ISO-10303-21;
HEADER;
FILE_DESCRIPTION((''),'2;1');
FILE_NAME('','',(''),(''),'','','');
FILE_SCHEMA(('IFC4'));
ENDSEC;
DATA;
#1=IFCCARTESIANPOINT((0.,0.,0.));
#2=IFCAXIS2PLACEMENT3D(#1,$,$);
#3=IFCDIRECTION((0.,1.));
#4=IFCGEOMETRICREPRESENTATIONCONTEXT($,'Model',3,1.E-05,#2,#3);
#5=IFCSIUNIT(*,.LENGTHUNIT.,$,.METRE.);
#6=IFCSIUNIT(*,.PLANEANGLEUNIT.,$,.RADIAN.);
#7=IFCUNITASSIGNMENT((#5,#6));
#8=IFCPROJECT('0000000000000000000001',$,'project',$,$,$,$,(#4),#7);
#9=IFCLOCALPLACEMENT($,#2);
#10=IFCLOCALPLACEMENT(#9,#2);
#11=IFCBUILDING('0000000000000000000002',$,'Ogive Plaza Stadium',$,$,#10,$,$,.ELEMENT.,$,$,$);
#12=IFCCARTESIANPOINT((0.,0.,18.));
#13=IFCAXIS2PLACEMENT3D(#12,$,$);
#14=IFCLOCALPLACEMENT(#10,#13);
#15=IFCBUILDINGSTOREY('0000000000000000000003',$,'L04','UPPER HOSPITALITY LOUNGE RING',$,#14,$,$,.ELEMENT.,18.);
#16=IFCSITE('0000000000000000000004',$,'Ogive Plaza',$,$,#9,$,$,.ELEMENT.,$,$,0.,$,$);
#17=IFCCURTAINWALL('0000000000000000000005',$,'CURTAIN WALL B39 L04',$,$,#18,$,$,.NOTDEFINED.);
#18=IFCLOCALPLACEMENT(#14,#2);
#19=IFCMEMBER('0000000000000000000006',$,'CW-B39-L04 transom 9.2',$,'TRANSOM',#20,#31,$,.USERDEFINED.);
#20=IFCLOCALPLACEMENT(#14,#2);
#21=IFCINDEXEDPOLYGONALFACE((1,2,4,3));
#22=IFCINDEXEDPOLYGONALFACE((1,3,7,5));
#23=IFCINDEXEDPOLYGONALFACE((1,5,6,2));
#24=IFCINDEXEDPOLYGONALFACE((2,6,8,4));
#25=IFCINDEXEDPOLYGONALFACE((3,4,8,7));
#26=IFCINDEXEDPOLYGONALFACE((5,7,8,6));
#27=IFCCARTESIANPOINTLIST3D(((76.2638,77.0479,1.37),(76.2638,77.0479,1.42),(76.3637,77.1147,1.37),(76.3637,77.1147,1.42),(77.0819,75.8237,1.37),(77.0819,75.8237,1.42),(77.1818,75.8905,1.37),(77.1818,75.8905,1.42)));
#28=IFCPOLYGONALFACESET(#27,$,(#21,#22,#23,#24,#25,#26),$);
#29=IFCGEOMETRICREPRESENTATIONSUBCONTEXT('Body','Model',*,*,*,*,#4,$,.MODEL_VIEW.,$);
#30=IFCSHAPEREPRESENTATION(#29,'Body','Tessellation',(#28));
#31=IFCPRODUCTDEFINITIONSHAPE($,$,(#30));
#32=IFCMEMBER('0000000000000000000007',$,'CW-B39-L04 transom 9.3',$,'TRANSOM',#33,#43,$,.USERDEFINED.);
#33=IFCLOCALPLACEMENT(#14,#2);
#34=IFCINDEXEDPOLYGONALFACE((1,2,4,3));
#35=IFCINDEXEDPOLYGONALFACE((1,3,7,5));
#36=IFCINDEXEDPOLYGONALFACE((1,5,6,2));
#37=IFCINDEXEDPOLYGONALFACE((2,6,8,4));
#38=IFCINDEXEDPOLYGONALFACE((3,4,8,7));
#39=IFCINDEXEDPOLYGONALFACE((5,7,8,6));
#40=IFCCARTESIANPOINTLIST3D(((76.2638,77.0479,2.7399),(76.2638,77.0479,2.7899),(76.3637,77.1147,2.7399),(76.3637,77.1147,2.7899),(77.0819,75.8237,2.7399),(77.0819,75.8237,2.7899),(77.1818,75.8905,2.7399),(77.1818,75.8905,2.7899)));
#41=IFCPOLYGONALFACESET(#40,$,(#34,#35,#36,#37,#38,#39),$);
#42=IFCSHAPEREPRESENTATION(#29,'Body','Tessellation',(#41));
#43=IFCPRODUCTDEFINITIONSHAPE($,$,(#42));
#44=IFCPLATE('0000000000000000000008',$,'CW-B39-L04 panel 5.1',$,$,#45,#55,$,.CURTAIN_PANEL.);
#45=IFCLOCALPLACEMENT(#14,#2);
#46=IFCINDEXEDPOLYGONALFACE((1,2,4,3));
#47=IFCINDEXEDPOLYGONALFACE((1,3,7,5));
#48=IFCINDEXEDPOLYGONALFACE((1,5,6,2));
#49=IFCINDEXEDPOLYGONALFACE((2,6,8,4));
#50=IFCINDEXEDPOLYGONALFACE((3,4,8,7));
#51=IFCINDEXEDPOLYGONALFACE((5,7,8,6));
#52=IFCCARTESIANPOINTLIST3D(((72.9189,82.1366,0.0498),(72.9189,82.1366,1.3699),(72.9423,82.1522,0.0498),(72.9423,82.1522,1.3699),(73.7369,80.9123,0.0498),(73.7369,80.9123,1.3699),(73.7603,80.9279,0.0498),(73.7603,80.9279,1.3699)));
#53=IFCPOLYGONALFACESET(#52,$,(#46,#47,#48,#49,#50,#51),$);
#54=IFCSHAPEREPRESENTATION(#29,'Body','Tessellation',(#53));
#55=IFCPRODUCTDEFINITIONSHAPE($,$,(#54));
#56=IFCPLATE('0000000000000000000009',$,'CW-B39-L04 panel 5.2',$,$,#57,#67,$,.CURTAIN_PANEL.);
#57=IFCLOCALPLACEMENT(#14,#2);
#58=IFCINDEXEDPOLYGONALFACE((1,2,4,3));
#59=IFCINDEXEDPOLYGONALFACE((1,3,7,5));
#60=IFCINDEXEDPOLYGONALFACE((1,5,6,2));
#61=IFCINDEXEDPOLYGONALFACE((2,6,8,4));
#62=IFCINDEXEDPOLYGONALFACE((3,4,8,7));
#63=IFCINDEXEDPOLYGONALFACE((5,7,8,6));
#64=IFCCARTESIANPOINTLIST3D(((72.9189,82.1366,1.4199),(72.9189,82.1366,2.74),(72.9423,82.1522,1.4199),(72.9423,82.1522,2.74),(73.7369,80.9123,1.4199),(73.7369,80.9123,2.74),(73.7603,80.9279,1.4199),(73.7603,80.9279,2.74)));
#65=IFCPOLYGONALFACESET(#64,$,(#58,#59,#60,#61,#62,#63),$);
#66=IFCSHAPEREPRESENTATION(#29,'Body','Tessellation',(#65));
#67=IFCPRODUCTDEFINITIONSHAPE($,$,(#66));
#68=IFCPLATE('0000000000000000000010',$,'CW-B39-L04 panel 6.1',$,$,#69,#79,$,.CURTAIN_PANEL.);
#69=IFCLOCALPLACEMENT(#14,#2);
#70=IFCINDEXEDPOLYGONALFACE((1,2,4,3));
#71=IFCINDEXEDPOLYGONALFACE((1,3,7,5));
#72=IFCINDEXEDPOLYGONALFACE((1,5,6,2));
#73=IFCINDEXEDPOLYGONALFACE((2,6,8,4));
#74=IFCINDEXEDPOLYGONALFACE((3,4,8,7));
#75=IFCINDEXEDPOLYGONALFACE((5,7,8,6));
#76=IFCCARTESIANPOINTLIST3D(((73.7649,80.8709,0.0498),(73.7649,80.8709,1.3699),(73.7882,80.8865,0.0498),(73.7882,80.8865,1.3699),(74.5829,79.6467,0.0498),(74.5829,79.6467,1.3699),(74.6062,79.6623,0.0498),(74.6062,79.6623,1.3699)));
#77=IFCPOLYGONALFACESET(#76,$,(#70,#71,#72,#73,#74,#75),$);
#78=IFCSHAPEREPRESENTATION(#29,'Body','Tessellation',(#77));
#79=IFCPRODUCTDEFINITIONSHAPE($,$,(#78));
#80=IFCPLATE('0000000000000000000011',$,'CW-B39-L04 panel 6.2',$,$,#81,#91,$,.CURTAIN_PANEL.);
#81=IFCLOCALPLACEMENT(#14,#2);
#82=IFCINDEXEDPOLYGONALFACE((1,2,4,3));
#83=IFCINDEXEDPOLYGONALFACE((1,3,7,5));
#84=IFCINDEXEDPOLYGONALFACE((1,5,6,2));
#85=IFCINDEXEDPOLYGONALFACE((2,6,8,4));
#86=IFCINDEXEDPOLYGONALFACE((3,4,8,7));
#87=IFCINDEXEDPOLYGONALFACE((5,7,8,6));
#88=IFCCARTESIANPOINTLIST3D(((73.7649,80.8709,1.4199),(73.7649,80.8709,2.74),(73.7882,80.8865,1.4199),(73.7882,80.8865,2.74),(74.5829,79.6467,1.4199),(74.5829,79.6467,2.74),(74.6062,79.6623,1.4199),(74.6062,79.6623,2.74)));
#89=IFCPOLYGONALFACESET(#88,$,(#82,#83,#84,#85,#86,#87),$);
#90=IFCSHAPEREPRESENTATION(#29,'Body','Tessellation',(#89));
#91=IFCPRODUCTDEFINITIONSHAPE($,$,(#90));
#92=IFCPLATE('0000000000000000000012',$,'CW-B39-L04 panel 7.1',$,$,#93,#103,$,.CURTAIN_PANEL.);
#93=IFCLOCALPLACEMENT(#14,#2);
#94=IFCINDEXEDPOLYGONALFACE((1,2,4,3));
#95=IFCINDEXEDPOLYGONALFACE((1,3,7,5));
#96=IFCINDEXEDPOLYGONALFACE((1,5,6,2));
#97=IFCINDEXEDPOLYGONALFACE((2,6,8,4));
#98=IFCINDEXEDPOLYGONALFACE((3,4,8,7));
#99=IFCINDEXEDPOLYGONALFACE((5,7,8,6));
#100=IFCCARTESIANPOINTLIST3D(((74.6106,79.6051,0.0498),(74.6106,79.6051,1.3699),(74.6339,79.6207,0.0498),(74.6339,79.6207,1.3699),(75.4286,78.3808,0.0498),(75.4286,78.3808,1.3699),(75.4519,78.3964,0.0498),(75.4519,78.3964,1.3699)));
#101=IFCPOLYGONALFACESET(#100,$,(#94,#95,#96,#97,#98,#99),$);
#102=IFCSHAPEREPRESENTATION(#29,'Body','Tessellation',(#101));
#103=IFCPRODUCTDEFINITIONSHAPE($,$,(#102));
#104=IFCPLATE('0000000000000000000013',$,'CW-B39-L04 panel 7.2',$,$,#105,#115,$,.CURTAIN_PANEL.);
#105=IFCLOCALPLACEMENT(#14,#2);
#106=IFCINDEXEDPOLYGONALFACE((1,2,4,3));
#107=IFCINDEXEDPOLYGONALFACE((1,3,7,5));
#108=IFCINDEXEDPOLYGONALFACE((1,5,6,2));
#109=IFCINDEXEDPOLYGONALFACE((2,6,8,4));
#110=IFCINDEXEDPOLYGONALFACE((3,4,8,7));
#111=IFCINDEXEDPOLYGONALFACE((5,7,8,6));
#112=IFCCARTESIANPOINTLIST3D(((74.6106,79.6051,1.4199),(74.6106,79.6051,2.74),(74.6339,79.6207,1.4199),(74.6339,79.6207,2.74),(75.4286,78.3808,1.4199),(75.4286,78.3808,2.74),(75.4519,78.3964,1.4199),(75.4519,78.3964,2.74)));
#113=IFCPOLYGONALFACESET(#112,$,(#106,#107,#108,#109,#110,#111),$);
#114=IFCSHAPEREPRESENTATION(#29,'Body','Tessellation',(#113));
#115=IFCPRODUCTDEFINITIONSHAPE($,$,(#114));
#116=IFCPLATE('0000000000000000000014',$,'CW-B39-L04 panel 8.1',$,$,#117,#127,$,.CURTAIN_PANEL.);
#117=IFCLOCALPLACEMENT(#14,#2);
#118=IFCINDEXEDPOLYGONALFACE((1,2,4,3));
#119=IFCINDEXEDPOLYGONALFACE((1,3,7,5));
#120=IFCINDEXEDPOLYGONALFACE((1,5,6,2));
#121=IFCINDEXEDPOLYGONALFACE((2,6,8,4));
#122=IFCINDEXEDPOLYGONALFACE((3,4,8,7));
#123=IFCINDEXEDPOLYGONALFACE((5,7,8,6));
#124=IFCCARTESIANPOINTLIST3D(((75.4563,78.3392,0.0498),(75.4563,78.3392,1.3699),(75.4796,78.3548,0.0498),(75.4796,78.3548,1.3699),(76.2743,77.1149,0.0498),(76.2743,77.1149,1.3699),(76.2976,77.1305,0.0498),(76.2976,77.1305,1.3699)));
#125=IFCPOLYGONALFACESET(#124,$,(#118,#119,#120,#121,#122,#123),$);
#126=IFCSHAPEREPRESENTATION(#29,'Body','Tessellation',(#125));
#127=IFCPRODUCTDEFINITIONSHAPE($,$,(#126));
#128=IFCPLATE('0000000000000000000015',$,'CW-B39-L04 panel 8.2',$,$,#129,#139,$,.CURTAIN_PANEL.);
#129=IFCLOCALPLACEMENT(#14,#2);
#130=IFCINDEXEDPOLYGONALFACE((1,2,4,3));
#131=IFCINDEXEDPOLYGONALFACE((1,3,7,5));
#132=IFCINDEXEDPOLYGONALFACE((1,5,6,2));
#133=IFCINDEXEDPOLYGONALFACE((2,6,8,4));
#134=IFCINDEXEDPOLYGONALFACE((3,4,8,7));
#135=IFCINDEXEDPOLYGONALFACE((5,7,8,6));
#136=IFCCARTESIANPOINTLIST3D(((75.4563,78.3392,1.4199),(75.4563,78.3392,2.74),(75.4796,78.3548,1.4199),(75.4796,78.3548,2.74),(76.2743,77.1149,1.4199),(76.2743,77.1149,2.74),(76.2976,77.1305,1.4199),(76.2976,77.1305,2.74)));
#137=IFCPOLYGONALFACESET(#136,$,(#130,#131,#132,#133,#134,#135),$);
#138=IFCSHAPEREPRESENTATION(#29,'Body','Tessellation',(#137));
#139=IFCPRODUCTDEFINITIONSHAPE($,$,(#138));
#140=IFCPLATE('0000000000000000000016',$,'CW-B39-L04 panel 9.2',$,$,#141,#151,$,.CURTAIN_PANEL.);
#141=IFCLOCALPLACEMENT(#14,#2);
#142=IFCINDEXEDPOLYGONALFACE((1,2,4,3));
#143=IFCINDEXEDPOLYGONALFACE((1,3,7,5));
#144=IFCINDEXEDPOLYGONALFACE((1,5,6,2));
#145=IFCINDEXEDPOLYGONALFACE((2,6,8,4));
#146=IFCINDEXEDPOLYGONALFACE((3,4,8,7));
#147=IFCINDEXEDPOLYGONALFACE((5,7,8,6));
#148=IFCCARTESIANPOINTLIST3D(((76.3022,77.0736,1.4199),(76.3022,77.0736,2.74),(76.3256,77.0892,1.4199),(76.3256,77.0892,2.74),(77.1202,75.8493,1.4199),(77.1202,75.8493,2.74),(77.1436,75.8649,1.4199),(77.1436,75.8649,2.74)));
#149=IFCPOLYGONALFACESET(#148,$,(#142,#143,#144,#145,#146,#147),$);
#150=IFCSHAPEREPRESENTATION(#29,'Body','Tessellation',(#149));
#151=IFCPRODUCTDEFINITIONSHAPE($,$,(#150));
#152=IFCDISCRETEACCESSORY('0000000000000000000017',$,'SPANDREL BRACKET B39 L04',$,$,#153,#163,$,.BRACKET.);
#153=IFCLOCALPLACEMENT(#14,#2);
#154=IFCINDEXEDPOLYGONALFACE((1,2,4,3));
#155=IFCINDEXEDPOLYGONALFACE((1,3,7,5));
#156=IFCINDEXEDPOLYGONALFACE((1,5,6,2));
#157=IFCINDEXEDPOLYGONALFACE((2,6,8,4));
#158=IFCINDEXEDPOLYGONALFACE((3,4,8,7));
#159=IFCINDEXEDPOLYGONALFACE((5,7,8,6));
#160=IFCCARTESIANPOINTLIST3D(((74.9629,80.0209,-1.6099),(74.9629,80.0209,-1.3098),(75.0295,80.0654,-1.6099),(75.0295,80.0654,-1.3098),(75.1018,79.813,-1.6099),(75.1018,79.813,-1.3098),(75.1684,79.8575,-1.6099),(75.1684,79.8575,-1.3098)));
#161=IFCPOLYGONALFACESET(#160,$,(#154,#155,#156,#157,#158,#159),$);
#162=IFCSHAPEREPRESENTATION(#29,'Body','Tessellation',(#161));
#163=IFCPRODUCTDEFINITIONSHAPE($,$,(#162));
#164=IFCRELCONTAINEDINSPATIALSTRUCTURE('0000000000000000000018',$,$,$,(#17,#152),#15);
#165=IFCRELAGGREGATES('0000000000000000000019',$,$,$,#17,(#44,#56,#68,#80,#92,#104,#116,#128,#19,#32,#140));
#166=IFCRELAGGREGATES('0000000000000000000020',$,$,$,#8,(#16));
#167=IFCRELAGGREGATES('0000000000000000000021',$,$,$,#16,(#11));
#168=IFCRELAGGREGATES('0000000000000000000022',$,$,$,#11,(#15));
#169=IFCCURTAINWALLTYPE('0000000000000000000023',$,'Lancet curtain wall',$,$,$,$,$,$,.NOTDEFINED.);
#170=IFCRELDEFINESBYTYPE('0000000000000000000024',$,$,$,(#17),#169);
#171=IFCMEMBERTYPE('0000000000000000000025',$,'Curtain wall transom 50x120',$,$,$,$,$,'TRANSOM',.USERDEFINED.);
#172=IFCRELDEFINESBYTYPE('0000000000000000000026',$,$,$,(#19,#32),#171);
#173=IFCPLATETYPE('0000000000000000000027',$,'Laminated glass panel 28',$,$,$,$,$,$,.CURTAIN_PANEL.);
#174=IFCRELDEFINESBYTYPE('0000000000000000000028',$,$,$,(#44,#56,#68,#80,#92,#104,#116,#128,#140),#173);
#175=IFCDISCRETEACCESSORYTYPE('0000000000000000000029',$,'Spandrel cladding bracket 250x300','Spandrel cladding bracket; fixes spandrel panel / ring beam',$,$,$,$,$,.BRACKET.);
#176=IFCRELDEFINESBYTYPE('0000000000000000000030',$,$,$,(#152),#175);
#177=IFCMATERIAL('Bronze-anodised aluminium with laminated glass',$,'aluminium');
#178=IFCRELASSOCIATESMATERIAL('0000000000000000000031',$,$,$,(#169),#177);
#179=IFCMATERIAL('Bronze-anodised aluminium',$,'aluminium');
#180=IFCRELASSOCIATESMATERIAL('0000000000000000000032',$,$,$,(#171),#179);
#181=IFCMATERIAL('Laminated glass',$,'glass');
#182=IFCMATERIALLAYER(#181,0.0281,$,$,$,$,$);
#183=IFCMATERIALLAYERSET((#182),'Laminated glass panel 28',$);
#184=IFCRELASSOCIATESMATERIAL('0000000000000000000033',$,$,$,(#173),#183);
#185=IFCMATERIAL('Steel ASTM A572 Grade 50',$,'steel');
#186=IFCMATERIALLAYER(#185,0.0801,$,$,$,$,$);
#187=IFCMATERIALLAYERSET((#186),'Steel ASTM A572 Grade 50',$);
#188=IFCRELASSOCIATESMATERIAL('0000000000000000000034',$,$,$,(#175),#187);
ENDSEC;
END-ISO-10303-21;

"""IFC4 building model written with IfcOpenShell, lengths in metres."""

from ifc_helpers import new_model, si_unit, direction, frame, origin, origin_2d, place, context, subcontext, project, spatial, rectangle, extrude, material, layer, layer_set, material_profile, profile_set, type_object, element, aggregate, save


model = new_model("IFC4")

# Units and contexts
model_context = context("Model", 3, precision=1e-05, world=origin(), true_north=direction((0.0, 1.0)))
body_context = subcontext(model_context, "Body", "Model", "MODEL_VIEW")
ifc_project = project(units=[si_unit("LENGTHUNIT", "METRE"), si_unit("PLANEANGLEUNIT", "RADIAN")], contexts=[model_context])

# Site, building, storey
site_placement = place(None, origin())
site = spatial("IfcSite", under=ifc_project, at=site_placement, Name="Ogive Plaza", CompositionType="ELEMENT", RefElevation=0.0)
building_placement = place(site_placement, origin())
building = spatial("IfcBuilding", under=site, at=building_placement, Name="Ogive Plaza Stadium", CompositionType="ELEMENT")
storey_placement = place(building_placement, frame((0.0, 0.0, 18.0)))
storey = spatial("IfcBuildingStorey", under=building, at=storey_placement, Name="L04", Description="UPPER HOSPITALITY LOUNGE RING", CompositionType="ELEMENT", Elevation=18.0)

# Curtain wall, members, plates
ifc_material_1 = material(Name="Bronze-anodised aluminium with laminated glass", Category="aluminium")
curtain_wall_type = type_object("IfcCurtainWallType", Name="Lancet curtain wall", PredefinedType="NOTDEFINED", material=ifc_material_1)
curtain_wall_placement = place(storey_placement, origin())
curtain_wall = element("IfcCurtainWall", 1, at=curtain_wall_placement, inside=storey, type_object=curtain_wall_type, Name="CURTAIN WALL B39 L04", PredefinedType="NOTDEFINED")
ifc_material_2 = material(Name="Bronze-anodised aluminium", Category="aluminium")
ifc_material_profile_1 = material_profile(ifc_material_2, rectangle(XDim=0.1201, YDim=0.05, at=origin_2d()), Name="AL 120x50")
ifc_profile_set_1 = profile_set([ifc_material_profile_1], Name="Bronze-anodised aluminium")
member_type_1 = type_object("IfcMemberType", Name="Curtain wall transom 50x120", ElementType="TRANSOM", PredefinedType="USERDEFINED", material=ifc_profile_set_1)
member_1_placement = place(storey_placement, frame((76.3137, 77.0813, 1.395), z_axis=(0.555656, -0.831412, 0.0), x_axis=(0.831412, 0.555656, 0.0)))
member_1 = element("IfcMember", 2, at=member_1_placement, type_object=member_type_1, Name="CW-B39-L04 transom 9.2", ObjectType="TRANSOM", PredefinedType="USERDEFINED", context=body_context, shape_type="SweptSolid", body=[
    extrude(rectangle(XDim=0.1201, YDim=0.05, at=origin_2d()), origin(), (0.0, 0.0, 1.0), 1.4724),
])
member_2_placement = place(storey_placement, frame((76.3137, 77.0813, 2.7649), z_axis=(0.555656, -0.831412, 0.0), x_axis=(0.831412, 0.555656, 0.0)))
member_2 = element("IfcMember", 3, at=member_2_placement, type_object=member_type_1, Name="CW-B39-L04 transom 9.3", ObjectType="TRANSOM", PredefinedType="USERDEFINED", context=body_context, shape_type="SweptSolid", body=[
    extrude(rectangle(XDim=0.1201, YDim=0.05, at=origin_2d()), origin(), (0.0, 0.0, 1.0), 1.4724),
])
ifc_material_3 = material(Name="Laminated glass", Category="glass")
ifc_layer_1 = layer(ifc_material_3, 0.0281)
ifc_layer_set_1 = layer_set([ifc_layer_1], Name="Laminated glass panel 28")
plate_type = type_object("IfcPlateType", Name="Laminated glass panel 28", PredefinedType="CURTAIN_PANEL", material=ifc_layer_set_1)
plate_1_placement = place(storey_placement, frame((73.3396, 81.5322, 0.0498), z_axis=(0.0, 0.0, 1.0), x_axis=(0.55557, -0.83147, 0.0)))
plate_1 = element("IfcPlate", 4, at=plate_1_placement, type_object=plate_type, Name="CW-B39-L04 panel 5.1", PredefinedType="CURTAIN_PANEL", context=body_context, shape_type="SweptSolid", body=[
    extrude(rectangle(XDim=1.4724, YDim=0.0281, at=origin_2d()), origin(), (0.0, 0.0, 1.0), 1.3201),
])
plate_2_placement = place(storey_placement, frame((73.3396, 81.5322, 1.4199), z_axis=(0.0, 0.0, 1.0), x_axis=(0.55557, -0.83147, 0.0)))
plate_2 = element("IfcPlate", 5, at=plate_2_placement, type_object=plate_type, Name="CW-B39-L04 panel 5.2", PredefinedType="CURTAIN_PANEL", context=body_context, shape_type="SweptSolid", body=[
    extrude(rectangle(XDim=1.4724, YDim=0.0281, at=origin_2d()), origin(), (0.0, 0.0, 1.0), 1.3201),
])
plate_3_placement = place(storey_placement, frame((74.1855, 80.2666, 0.0498), z_axis=(0.0, 0.0, 1.0), x_axis=(0.55557, -0.83147, 0.0)))
plate_3 = element("IfcPlate", 6, at=plate_3_placement, type_object=plate_type, Name="CW-B39-L04 panel 6.1", PredefinedType="CURTAIN_PANEL", context=body_context, shape_type="SweptSolid", body=[
    extrude(rectangle(XDim=1.4724, YDim=0.0281, at=origin_2d()), origin(), (0.0, 0.0, 1.0), 1.3201),
])
plate_4_placement = place(storey_placement, frame((74.1855, 80.2666, 1.4199), z_axis=(0.0, 0.0, 1.0), x_axis=(0.55557, -0.83147, 0.0)))
plate_4 = element("IfcPlate", 7, at=plate_4_placement, type_object=plate_type, Name="CW-B39-L04 panel 6.2", PredefinedType="CURTAIN_PANEL", context=body_context, shape_type="SweptSolid", body=[
    extrude(rectangle(XDim=1.4724, YDim=0.0281, at=origin_2d()), origin(), (0.0, 0.0, 1.0), 1.3201),
])
plate_5_placement = place(storey_placement, frame((75.0312, 79.0007, 0.0498), z_axis=(0.0, 0.0, 1.0), x_axis=(0.55557, -0.83147, 0.0)))
plate_5 = element("IfcPlate", 8, at=plate_5_placement, type_object=plate_type, Name="CW-B39-L04 panel 7.1", PredefinedType="CURTAIN_PANEL", context=body_context, shape_type="SweptSolid", body=[
    extrude(rectangle(XDim=1.4724, YDim=0.0281, at=origin_2d()), origin(), (0.0, 0.0, 1.0), 1.3201),
])
plate_6_placement = place(storey_placement, frame((75.0312, 79.0007, 1.4199), z_axis=(0.0, 0.0, 1.0), x_axis=(0.55557, -0.83147, 0.0)))
plate_6 = element("IfcPlate", 9, at=plate_6_placement, type_object=plate_type, Name="CW-B39-L04 panel 7.2", PredefinedType="CURTAIN_PANEL", context=body_context, shape_type="SweptSolid", body=[
    extrude(rectangle(XDim=1.4724, YDim=0.0281, at=origin_2d()), origin(), (0.0, 0.0, 1.0), 1.3201),
])
plate_7_placement = place(storey_placement, frame((75.877, 77.7349, 0.0498), z_axis=(0.0, 0.0, 1.0), x_axis=(0.55557, -0.83147, 0.0)))
plate_7 = element("IfcPlate", 10, at=plate_7_placement, type_object=plate_type, Name="CW-B39-L04 panel 8.1", PredefinedType="CURTAIN_PANEL", context=body_context, shape_type="SweptSolid", body=[
    extrude(rectangle(XDim=1.4724, YDim=0.0281, at=origin_2d()), origin(), (0.0, 0.0, 1.0), 1.3201),
])
plate_8_placement = place(storey_placement, frame((75.877, 77.7349, 1.4199), z_axis=(0.0, 0.0, 1.0), x_axis=(0.55557, -0.83147, 0.0)))
plate_8 = element("IfcPlate", 11, at=plate_8_placement, type_object=plate_type, Name="CW-B39-L04 panel 8.2", PredefinedType="CURTAIN_PANEL", context=body_context, shape_type="SweptSolid", body=[
    extrude(rectangle(XDim=1.4724, YDim=0.0281, at=origin_2d()), origin(), (0.0, 0.0, 1.0), 1.3201),
])
plate_9_placement = place(storey_placement, frame((76.7229, 76.4692, 1.4199), z_axis=(0.0, 0.0, 1.0), x_axis=(0.55557, -0.83147, 0.0)))
plate_9 = element("IfcPlate", 12, at=plate_9_placement, type_object=plate_type, Name="CW-B39-L04 panel 9.2", PredefinedType="CURTAIN_PANEL", context=body_context, shape_type="SweptSolid", body=[
    extrude(rectangle(XDim=1.4724, YDim=0.0281, at=origin_2d()), origin(), (0.0, 0.0, 1.0), 1.3201),
])
aggregate(curtain_wall, [plate_1, plate_2, plate_3, plate_4, plate_5, plate_6, plate_7, plate_8, member_1, member_2, plate_9])

# Discrete accessory
ifc_material_4 = material(Name="Steel ASTM A572 Grade 50", Category="steel")
ifc_layer_2 = layer(ifc_material_4, 0.0801)
ifc_layer_set_2 = layer_set([ifc_layer_2], Name="Steel ASTM A572 Grade 50")
discrete_accessory_type = type_object("IfcDiscreteAccessoryType", Name="Spandrel cladding bracket 250x300", Description="Spandrel cladding bracket; fixes spandrel panel / ring beam", PredefinedType="BRACKET", material=ifc_layer_set_2)
discrete_accessory_placement = place(storey_placement, frame((75.0657, 79.9392, -1.6099), z_axis=(0.0, 0.0, 1.0), x_axis=(0.55557, -0.83147, 0.0)))
element("IfcDiscreteAccessory", 13, at=discrete_accessory_placement, inside=storey, type_object=discrete_accessory_type, Name="SPANDREL BRACKET B39 L04", PredefinedType="BRACKET", context=body_context, shape_type="SweptSolid", body=[
    extrude(rectangle(XDim=0.25, YDim=0.0801, at=origin_2d()), origin(), (0.0, 0.0, 1.0), 0.3),
])

save(model, "model.ifc")
